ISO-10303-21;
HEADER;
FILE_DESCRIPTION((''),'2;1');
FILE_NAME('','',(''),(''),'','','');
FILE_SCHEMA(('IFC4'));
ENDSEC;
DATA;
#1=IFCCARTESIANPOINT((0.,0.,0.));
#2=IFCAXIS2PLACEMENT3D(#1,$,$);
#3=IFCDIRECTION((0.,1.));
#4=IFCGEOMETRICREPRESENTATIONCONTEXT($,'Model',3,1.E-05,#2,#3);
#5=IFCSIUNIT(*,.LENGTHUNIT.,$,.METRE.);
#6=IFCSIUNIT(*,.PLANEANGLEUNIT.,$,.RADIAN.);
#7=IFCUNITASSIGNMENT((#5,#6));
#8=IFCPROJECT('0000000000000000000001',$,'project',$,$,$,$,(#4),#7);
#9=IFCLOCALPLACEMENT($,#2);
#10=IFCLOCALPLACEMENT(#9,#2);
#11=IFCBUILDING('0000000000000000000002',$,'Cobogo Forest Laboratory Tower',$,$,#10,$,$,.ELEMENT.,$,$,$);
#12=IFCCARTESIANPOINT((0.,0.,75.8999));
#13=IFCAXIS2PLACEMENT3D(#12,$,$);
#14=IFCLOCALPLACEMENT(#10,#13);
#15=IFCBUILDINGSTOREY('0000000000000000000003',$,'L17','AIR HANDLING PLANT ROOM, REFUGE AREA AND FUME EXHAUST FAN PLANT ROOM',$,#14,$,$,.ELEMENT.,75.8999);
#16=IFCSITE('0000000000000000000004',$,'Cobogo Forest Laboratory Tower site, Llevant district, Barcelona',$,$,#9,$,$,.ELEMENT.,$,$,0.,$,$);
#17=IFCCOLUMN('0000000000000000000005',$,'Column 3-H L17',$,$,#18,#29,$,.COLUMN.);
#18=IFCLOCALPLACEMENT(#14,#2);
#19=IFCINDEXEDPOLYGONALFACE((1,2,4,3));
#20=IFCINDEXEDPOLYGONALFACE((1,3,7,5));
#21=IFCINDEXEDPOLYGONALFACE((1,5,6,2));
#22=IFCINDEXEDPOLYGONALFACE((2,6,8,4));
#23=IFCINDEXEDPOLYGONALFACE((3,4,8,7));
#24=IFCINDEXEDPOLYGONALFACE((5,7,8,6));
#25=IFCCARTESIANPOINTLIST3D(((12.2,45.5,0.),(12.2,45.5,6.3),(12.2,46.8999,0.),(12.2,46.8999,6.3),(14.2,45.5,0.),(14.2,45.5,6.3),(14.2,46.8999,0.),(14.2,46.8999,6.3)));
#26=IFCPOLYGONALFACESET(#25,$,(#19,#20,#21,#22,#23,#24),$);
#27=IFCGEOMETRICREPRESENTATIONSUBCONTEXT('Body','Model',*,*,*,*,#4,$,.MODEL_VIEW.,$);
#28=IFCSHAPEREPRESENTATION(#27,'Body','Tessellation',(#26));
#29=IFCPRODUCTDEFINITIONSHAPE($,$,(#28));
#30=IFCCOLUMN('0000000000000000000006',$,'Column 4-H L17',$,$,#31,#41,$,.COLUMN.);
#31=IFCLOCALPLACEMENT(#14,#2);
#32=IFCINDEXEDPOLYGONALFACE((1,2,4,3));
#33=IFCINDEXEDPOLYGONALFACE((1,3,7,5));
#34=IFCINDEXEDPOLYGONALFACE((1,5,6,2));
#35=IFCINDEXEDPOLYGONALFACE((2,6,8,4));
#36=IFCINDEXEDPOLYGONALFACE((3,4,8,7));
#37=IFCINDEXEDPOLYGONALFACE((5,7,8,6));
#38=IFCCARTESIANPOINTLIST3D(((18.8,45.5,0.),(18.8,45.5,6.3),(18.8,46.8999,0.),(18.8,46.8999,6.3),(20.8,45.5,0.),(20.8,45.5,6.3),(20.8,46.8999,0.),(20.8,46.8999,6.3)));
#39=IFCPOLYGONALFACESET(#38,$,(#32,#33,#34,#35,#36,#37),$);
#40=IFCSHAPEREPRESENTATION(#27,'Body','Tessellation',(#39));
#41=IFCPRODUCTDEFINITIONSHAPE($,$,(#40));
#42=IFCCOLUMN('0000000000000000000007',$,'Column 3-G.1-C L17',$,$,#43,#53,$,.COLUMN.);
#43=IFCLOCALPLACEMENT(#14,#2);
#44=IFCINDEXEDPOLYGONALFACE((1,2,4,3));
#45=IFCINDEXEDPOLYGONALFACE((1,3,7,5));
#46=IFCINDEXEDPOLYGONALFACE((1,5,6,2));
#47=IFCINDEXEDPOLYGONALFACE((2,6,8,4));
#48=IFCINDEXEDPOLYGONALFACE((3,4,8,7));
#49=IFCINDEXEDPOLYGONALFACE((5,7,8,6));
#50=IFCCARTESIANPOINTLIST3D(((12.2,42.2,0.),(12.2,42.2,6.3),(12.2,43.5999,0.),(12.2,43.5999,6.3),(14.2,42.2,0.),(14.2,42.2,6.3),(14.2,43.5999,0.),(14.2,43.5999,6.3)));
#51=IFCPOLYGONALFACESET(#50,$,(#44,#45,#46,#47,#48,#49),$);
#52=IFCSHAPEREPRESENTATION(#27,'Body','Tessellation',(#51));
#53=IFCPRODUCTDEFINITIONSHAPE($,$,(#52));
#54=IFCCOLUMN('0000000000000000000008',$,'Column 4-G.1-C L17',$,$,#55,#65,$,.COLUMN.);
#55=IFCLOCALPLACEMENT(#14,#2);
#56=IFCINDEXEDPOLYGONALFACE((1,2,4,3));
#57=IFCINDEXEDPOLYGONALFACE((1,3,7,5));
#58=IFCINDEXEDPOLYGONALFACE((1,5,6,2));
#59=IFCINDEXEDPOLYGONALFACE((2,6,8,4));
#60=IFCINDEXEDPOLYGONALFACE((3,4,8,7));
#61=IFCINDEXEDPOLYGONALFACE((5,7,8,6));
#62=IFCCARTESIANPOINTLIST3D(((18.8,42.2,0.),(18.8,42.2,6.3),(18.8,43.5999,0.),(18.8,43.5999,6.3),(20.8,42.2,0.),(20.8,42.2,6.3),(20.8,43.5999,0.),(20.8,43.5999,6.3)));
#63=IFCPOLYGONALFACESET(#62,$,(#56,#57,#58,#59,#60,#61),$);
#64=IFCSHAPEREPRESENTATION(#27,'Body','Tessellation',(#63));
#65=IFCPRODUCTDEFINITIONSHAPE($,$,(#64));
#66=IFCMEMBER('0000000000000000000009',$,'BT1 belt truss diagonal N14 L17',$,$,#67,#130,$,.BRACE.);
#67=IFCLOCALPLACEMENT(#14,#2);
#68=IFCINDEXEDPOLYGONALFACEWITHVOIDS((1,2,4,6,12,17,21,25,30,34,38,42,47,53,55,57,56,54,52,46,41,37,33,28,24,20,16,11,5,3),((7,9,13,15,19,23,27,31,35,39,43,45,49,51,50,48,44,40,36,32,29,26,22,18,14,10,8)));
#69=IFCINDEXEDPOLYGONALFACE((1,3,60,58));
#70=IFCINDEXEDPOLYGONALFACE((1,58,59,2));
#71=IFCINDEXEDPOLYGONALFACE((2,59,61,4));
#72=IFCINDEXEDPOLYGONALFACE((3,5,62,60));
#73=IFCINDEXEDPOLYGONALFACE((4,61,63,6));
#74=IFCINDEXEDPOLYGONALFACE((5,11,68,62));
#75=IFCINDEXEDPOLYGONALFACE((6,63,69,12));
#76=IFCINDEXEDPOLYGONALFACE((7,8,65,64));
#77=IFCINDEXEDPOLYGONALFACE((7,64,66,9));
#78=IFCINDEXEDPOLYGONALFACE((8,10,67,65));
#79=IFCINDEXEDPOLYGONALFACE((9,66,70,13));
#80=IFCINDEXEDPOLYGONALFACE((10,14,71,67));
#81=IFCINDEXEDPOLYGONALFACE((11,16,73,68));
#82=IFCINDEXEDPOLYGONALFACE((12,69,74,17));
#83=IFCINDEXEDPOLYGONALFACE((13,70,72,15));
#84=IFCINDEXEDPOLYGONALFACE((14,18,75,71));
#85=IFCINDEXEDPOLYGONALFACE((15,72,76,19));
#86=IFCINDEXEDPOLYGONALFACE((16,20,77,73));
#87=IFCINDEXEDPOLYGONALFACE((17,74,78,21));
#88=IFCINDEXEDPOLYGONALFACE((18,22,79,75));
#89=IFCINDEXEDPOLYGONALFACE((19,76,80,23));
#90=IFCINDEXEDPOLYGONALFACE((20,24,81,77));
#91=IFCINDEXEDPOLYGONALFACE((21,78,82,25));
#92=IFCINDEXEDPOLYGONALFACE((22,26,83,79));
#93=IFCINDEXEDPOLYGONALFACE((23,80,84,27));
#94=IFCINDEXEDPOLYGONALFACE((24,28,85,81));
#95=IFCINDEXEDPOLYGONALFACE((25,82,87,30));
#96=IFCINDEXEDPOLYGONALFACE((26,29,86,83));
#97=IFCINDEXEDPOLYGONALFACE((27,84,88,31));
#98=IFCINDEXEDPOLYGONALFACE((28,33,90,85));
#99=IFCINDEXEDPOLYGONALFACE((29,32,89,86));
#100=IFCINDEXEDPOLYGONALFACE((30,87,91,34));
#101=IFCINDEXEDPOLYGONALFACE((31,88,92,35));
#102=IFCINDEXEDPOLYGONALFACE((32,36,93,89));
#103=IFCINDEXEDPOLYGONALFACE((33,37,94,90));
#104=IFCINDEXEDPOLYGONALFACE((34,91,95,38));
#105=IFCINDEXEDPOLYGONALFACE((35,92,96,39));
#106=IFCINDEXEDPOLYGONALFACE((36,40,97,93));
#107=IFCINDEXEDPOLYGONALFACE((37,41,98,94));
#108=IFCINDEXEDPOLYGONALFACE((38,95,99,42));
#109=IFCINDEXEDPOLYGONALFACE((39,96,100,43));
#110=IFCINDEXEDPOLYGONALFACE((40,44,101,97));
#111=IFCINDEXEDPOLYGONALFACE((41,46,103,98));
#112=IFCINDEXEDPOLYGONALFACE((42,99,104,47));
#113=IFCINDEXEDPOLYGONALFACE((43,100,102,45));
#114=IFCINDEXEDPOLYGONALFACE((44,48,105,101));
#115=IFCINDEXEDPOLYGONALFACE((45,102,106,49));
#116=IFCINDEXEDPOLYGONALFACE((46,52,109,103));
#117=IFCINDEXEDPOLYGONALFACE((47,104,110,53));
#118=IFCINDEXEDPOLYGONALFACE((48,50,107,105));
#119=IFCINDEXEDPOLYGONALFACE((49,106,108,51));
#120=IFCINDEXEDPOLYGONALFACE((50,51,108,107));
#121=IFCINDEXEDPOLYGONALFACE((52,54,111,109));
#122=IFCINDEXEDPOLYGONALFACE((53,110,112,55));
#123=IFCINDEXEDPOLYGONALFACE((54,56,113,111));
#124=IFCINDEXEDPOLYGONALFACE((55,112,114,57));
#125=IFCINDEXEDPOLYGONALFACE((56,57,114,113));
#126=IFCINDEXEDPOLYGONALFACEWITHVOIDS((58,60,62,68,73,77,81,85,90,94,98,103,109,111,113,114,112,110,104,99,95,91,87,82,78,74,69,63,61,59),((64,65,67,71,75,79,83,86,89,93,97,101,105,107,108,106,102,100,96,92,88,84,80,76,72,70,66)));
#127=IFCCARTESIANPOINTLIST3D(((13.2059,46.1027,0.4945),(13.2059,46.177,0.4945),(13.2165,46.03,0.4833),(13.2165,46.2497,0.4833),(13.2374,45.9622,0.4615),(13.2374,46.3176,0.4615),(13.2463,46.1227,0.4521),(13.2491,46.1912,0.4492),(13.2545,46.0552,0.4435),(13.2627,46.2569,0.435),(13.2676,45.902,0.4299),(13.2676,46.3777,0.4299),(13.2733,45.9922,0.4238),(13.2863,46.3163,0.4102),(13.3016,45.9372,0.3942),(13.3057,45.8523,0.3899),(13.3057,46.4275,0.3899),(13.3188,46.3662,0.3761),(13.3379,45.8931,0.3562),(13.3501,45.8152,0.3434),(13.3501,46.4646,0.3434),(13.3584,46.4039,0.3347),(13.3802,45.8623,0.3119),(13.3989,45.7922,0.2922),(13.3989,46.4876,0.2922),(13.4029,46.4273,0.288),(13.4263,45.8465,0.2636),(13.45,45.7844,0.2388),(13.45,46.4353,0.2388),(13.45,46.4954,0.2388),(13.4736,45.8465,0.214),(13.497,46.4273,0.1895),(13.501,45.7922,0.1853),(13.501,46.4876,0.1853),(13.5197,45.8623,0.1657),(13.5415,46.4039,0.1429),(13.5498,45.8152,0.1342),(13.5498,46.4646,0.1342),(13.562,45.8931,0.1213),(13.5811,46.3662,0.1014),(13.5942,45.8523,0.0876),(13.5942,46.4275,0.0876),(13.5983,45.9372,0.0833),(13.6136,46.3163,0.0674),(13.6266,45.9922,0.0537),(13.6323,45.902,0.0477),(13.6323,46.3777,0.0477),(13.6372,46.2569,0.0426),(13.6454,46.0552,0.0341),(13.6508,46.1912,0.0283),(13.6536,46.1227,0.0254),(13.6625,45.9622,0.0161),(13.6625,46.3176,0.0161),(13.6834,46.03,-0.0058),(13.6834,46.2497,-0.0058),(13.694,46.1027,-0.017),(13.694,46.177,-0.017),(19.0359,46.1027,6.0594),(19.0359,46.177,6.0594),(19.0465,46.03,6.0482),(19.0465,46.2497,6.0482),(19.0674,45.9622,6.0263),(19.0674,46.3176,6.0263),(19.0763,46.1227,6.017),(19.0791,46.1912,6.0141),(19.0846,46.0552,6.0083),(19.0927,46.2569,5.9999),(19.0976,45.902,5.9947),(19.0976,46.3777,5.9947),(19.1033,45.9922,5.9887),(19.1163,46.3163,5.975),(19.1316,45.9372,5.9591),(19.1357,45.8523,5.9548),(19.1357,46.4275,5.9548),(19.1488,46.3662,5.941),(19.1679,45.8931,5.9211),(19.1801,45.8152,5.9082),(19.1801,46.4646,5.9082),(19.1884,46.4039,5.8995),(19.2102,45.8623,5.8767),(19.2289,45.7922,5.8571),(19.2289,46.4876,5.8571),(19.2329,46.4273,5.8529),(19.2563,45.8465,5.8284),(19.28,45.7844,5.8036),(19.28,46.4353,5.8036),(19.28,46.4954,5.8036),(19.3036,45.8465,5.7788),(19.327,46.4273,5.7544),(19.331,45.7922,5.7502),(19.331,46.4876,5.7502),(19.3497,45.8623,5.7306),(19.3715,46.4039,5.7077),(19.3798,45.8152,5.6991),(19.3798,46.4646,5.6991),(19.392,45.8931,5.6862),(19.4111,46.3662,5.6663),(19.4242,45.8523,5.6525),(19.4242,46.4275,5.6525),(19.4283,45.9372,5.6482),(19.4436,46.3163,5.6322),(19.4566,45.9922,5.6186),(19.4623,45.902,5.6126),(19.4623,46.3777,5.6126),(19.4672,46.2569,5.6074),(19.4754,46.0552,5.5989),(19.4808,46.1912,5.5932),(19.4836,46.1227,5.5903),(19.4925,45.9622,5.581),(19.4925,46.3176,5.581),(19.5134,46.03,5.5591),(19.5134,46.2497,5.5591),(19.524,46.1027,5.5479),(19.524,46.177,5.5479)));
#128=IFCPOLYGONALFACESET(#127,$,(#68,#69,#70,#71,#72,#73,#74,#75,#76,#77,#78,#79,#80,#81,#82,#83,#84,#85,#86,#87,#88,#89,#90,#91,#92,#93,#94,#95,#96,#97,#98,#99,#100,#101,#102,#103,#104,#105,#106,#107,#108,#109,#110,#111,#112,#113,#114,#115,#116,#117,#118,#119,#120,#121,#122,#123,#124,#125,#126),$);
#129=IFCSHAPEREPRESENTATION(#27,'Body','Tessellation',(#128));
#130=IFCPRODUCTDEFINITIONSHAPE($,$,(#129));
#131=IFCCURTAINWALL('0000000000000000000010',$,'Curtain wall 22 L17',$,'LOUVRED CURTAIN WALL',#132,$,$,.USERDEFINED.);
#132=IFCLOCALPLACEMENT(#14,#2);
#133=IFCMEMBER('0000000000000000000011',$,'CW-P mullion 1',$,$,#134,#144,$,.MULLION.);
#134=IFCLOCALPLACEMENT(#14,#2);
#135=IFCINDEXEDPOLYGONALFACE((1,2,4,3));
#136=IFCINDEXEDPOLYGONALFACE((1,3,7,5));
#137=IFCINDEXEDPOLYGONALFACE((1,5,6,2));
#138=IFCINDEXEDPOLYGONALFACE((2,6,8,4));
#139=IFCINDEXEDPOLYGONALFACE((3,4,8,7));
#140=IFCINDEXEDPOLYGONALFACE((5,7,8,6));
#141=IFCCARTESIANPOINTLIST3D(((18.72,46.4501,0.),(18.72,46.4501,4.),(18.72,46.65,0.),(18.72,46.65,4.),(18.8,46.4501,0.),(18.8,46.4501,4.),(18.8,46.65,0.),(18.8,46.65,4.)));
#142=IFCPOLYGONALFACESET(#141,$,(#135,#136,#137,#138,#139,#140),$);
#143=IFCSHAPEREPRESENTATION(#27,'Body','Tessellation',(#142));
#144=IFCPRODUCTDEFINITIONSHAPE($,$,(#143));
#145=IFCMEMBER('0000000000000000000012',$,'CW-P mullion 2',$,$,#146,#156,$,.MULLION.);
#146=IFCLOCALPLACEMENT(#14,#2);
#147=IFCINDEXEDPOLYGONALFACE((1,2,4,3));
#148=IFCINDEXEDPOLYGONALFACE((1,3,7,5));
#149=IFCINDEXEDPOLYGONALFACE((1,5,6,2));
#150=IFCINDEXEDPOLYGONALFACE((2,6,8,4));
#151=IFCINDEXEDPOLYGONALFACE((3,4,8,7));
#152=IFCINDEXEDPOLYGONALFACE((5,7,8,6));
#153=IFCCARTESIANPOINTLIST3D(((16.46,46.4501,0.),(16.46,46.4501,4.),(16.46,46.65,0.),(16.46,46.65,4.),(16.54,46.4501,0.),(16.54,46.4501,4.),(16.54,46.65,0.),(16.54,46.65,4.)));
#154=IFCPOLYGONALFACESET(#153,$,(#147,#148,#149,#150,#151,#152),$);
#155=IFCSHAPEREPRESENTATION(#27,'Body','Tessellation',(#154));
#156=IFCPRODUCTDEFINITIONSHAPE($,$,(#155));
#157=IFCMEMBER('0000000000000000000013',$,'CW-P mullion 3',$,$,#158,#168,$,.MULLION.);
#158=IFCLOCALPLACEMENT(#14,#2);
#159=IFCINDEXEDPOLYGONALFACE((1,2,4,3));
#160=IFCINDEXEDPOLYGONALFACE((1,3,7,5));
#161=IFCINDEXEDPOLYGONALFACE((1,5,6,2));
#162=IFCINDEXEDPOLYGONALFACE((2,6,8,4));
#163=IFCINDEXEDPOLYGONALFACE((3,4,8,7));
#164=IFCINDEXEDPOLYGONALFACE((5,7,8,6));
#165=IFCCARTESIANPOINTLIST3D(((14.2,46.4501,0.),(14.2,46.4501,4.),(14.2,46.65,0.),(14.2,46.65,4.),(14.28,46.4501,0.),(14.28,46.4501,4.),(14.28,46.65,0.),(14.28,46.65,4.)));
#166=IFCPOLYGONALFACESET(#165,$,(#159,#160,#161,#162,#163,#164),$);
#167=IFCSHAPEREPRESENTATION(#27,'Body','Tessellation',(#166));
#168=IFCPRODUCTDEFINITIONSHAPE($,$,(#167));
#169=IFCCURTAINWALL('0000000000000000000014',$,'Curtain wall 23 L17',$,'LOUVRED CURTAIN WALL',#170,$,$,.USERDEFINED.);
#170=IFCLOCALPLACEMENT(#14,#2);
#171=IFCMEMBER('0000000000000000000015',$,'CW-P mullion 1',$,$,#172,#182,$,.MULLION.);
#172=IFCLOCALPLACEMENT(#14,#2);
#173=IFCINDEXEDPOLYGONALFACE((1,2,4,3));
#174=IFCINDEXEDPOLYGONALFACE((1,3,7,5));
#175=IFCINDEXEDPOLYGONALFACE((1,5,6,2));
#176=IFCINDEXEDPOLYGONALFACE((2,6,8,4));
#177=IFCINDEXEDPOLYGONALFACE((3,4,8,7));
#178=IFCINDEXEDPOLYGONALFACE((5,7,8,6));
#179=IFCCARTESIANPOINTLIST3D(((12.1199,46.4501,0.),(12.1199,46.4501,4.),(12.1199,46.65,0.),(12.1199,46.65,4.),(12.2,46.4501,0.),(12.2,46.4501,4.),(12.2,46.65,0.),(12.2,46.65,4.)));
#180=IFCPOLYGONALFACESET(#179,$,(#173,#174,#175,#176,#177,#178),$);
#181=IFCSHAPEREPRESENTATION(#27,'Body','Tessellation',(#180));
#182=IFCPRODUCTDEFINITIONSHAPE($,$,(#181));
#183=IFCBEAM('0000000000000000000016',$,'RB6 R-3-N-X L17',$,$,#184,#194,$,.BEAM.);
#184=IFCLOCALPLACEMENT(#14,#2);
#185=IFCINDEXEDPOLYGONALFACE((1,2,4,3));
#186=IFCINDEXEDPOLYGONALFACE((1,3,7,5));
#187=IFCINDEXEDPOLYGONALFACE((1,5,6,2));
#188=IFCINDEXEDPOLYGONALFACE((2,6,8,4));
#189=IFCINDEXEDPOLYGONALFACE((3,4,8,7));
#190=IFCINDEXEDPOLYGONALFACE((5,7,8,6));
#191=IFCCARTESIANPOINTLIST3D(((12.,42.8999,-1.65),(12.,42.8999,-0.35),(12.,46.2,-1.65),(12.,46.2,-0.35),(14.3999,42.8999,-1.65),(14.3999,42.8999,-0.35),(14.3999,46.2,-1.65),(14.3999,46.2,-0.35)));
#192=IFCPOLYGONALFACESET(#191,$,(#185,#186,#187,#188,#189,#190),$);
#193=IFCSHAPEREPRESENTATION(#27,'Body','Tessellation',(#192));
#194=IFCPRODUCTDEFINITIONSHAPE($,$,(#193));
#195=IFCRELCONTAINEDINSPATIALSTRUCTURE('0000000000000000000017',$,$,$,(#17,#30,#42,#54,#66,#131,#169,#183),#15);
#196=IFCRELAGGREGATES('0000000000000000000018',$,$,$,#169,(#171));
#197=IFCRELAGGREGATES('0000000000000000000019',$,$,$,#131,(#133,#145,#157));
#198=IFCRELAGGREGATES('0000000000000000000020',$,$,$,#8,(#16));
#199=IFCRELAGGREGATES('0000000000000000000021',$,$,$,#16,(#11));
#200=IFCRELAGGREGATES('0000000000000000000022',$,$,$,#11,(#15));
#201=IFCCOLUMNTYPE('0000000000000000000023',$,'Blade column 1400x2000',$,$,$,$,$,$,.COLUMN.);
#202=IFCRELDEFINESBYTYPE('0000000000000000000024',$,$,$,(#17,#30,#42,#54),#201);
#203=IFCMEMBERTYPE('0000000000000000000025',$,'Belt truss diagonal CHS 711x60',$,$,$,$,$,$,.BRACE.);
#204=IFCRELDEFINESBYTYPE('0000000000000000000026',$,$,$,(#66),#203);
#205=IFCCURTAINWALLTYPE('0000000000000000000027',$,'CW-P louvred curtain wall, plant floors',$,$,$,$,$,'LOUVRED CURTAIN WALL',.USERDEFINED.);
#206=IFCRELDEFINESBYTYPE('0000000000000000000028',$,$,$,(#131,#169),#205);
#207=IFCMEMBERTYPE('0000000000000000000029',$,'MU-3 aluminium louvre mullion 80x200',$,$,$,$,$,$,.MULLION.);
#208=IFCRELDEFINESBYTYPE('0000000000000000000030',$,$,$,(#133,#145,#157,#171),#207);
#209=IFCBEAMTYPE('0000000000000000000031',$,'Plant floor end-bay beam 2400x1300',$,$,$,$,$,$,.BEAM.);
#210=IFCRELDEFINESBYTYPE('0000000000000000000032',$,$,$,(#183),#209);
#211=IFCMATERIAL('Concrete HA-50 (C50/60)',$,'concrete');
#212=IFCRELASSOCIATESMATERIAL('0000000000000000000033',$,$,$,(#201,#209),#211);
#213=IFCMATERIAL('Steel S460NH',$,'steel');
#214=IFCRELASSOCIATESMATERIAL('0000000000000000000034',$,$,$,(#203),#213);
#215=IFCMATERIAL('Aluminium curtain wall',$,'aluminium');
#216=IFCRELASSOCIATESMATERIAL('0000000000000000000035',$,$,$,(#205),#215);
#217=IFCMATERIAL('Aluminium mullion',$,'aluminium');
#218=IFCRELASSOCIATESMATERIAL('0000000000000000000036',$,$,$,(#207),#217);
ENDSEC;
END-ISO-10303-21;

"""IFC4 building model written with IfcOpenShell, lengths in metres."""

from ifc_helpers import new_model, si_unit, direction, frame, origin, origin_2d, place, context, subcontext, project, spatial, rectangle, hollow_circle, extrude, material, material_profile, profile_set, type_object, element, aggregate, save


model = new_model("IFC4")

# Units and contexts
model_context = context("Model", 3, precision=1e-05, world=origin(), true_north=direction((0.0, 1.0)))
body_context = subcontext(model_context, "Body", "Model", "MODEL_VIEW")
ifc_project = project(units=[si_unit("LENGTHUNIT", "METRE"), si_unit("PLANEANGLEUNIT", "RADIAN")], contexts=[model_context])

# Site, building, storey
site_placement = place(None, origin())
site = spatial("IfcSite", under=ifc_project, at=site_placement, Name="Cobogo Forest Laboratory Tower site, Llevant district, Barcelona", CompositionType="ELEMENT", RefElevation=0.0)
building_placement = place(site_placement, origin())
building = spatial("IfcBuilding", under=site, at=building_placement, Name="Cobogo Forest Laboratory Tower", CompositionType="ELEMENT")
storey_placement = place(building_placement, frame((0.0, 0.0, 75.8999)))
storey = spatial("IfcBuildingStorey", under=building, at=storey_placement, Name="L17", Description="AIR HANDLING PLANT ROOM, REFUGE AREA AND FUME EXHAUST FAN PLANT ROOM", CompositionType="ELEMENT", Elevation=75.8999)

# Columns
ifc_material_1 = material(Name="Concrete HA-50 (C50/60)", Category="concrete")
ifc_material_profile_1 = material_profile(ifc_material_1, rectangle(XDim=2.0, YDim=1.3999, at=origin_2d()), Name="RC 1400x2000")
ifc_profile_set_1 = profile_set([ifc_material_profile_1], Name="Concrete HA-50 (C50/60)")
column_type = type_object("IfcColumnType", Name="Blade column 1400x2000", PredefinedType="COLUMN", material=ifc_profile_set_1)
for number, where, z_axis, x_axis, name in (
    (1, (13.2, 46.2, 0.0), (0.0, 0.0, 1.0), (1.0, 0.0, 0.0), "Column 3-H L17"),
    (2, (19.8, 46.2, 0.0), (0.0, 0.0, 1.0), (1.0, 0.0, 0.0), "Column 4-H L17"),
    (3, (13.2, 42.8999, 0.0), (0.0, 0.0, 1.0), (1.0, 0.0, 0.0), "Column 3-G.1-C L17"),
    (4, (19.8, 42.8999, 0.0), (0.0, 0.0, 1.0), (1.0, 0.0, 0.0), "Column 4-G.1-C L17"),
):
    element("IfcColumn", number, at=place(storey_placement, frame(where, z_axis=z_axis, x_axis=x_axis)), inside=storey, type_object=column_type, Name=name, PredefinedType="COLUMN", context=body_context, shape_type="SweptSolid", body=[
        extrude(rectangle(XDim=2.0, YDim=1.3999, at=origin_2d()), origin(), (0.0, 0.0, 1.0), 6.3),
    ])

# Member
ifc_material_2 = material(Name="Steel S460NH", Category="steel")
ifc_material_profile_2 = material_profile(ifc_material_2, hollow_circle(Radius=0.3555, WallThickness=0.0601, at=origin_2d()), Name="CHS 711x60")
ifc_profile_set_2 = profile_set([ifc_material_profile_2], Name="Steel S460NH")
member_type_1 = type_object("IfcMemberType", Name="Belt truss diagonal CHS 711x60", PredefinedType="BRACE", material=ifc_profile_set_2)
member_1_placement = place(storey_placement, frame((13.45, 46.1399, 0.2388), z_axis=(0.723364, 0.0, 0.690467), x_axis=(0.0, 1.0, 0.0)))
element("IfcMember", 5, at=member_1_placement, inside=storey, type_object=member_type_1, Name="BT1 belt truss diagonal N14 L17", PredefinedType="BRACE", context=body_context, shape_type="SweptSolid", body=[
    extrude(hollow_circle(Radius=0.3555, WallThickness=0.0601, at=origin_2d()), origin(), (0.0, 0.0, 1.0), 8.0596),
])

# Curtain wall, members
ifc_material_3 = material(Name="Aluminium curtain wall", Category="aluminium")
curtain_wall_type = type_object("IfcCurtainWallType", Name="CW-P louvred curtain wall, plant floors", ElementType="LOUVRED CURTAIN WALL", PredefinedType="USERDEFINED", material=ifc_material_3)
curtain_wall_1_placement = place(storey_placement, origin())
curtain_wall_1 = element("IfcCurtainWall", 6, at=curtain_wall_1_placement, inside=storey, type_object=curtain_wall_type, Name="Curtain wall 22 L17", ObjectType="LOUVRED CURTAIN WALL", PredefinedType="USERDEFINED")
ifc_material_4 = material(Name="Aluminium mullion", Category="aluminium")
ifc_material_profile_3 = material_profile(ifc_material_4, rectangle(XDim=0.0801, YDim=0.2, at=origin_2d()), Name="AL 80x200")
ifc_profile_set_3 = profile_set([ifc_material_profile_3], Name="Aluminium mullion")
member_type_2 = type_object("IfcMemberType", Name="MU-3 aluminium louvre mullion 80x200", PredefinedType="MULLION", material=ifc_profile_set_3)
member_2_placement = place(storey_placement, frame((18.76, 46.55, 0.0), z_axis=(0.0, 0.0, 1.0), x_axis=(-1.0, 0.0, 0.0)))
member_2 = element("IfcMember", 7, at=member_2_placement, type_object=member_type_2, Name="CW-P mullion 1", PredefinedType="MULLION", context=body_context, shape_type="SweptSolid", body=[
    extrude(rectangle(XDim=0.0801, YDim=0.2, at=origin_2d()), origin(), (0.0, 0.0, 1.0), 4.0),
])
member_3_placement = place(storey_placement, frame((16.5, 46.55, 0.0), z_axis=(0.0, 0.0, 1.0), x_axis=(-1.0, 0.0, 0.0)))
member_3 = element("IfcMember", 8, at=member_3_placement, type_object=member_type_2, Name="CW-P mullion 2", PredefinedType="MULLION", context=body_context, shape_type="SweptSolid", body=[
    extrude(rectangle(XDim=0.0801, YDim=0.2, at=origin_2d()), origin(), (0.0, 0.0, 1.0), 4.0),
])
member_4_placement = place(storey_placement, frame((14.24, 46.55, 0.0), z_axis=(0.0, 0.0, 1.0), x_axis=(-1.0, 0.0, 0.0)))
member_4 = element("IfcMember", 9, at=member_4_placement, type_object=member_type_2, Name="CW-P mullion 3", PredefinedType="MULLION", context=body_context, shape_type="SweptSolid", body=[
    extrude(rectangle(XDim=0.0801, YDim=0.2, at=origin_2d()), origin(), (0.0, 0.0, 1.0), 4.0),
])

# Curtain wall, member
curtain_wall_2_placement = place(storey_placement, origin())
curtain_wall_2 = element("IfcCurtainWall", 10, at=curtain_wall_2_placement, inside=storey, type_object=curtain_wall_type, Name="Curtain wall 23 L17", ObjectType="LOUVRED CURTAIN WALL", PredefinedType="USERDEFINED")
member_5_placement = place(storey_placement, frame((12.1599, 46.55, 0.0), z_axis=(0.0, 0.0, 1.0), x_axis=(-1.0, 0.0, 0.0)))
member_5 = element("IfcMember", 11, at=member_5_placement, type_object=member_type_2, Name="CW-P mullion 1", PredefinedType="MULLION", context=body_context, shape_type="SweptSolid", body=[
    extrude(rectangle(XDim=0.0801, YDim=0.2, at=origin_2d()), origin(), (0.0, 0.0, 1.0), 4.0),
])
aggregate(curtain_wall_2, [member_5])

# Beam
ifc_material_profile_4 = material_profile(ifc_material_1, rectangle(XDim=2.3999, YDim=1.3, at=origin_2d()), Name="RC 2400x1300")
ifc_profile_set_4 = profile_set([ifc_material_profile_4], Name="Concrete HA-50 (C50/60)")
beam_type_1 = type_object("IfcBeamType", Name="Plant floor end-bay beam 2400x1300", PredefinedType="BEAM", material=ifc_profile_set_4)
beam_1_placement = place(storey_placement, frame((13.2, 46.2, -1.0), z_axis=(0.0, -1.0, 0.0), x_axis=(1.0, 0.0, 0.0)))
element("IfcBeam", 12, at=beam_1_placement, inside=storey, type_object=beam_type_1, Name="RB6 R-3-N-X L17", PredefinedType="BEAM", context=body_context, shape_type="SweptSolid", body=[
    extrude(rectangle(XDim=2.3999, YDim=1.3, at=origin_2d()), origin(), (0.0, 0.0, 1.0), 3.3),
])

aggregate(curtain_wall_1, [member_2, member_3, member_4])

save(model, "model.ifc")
